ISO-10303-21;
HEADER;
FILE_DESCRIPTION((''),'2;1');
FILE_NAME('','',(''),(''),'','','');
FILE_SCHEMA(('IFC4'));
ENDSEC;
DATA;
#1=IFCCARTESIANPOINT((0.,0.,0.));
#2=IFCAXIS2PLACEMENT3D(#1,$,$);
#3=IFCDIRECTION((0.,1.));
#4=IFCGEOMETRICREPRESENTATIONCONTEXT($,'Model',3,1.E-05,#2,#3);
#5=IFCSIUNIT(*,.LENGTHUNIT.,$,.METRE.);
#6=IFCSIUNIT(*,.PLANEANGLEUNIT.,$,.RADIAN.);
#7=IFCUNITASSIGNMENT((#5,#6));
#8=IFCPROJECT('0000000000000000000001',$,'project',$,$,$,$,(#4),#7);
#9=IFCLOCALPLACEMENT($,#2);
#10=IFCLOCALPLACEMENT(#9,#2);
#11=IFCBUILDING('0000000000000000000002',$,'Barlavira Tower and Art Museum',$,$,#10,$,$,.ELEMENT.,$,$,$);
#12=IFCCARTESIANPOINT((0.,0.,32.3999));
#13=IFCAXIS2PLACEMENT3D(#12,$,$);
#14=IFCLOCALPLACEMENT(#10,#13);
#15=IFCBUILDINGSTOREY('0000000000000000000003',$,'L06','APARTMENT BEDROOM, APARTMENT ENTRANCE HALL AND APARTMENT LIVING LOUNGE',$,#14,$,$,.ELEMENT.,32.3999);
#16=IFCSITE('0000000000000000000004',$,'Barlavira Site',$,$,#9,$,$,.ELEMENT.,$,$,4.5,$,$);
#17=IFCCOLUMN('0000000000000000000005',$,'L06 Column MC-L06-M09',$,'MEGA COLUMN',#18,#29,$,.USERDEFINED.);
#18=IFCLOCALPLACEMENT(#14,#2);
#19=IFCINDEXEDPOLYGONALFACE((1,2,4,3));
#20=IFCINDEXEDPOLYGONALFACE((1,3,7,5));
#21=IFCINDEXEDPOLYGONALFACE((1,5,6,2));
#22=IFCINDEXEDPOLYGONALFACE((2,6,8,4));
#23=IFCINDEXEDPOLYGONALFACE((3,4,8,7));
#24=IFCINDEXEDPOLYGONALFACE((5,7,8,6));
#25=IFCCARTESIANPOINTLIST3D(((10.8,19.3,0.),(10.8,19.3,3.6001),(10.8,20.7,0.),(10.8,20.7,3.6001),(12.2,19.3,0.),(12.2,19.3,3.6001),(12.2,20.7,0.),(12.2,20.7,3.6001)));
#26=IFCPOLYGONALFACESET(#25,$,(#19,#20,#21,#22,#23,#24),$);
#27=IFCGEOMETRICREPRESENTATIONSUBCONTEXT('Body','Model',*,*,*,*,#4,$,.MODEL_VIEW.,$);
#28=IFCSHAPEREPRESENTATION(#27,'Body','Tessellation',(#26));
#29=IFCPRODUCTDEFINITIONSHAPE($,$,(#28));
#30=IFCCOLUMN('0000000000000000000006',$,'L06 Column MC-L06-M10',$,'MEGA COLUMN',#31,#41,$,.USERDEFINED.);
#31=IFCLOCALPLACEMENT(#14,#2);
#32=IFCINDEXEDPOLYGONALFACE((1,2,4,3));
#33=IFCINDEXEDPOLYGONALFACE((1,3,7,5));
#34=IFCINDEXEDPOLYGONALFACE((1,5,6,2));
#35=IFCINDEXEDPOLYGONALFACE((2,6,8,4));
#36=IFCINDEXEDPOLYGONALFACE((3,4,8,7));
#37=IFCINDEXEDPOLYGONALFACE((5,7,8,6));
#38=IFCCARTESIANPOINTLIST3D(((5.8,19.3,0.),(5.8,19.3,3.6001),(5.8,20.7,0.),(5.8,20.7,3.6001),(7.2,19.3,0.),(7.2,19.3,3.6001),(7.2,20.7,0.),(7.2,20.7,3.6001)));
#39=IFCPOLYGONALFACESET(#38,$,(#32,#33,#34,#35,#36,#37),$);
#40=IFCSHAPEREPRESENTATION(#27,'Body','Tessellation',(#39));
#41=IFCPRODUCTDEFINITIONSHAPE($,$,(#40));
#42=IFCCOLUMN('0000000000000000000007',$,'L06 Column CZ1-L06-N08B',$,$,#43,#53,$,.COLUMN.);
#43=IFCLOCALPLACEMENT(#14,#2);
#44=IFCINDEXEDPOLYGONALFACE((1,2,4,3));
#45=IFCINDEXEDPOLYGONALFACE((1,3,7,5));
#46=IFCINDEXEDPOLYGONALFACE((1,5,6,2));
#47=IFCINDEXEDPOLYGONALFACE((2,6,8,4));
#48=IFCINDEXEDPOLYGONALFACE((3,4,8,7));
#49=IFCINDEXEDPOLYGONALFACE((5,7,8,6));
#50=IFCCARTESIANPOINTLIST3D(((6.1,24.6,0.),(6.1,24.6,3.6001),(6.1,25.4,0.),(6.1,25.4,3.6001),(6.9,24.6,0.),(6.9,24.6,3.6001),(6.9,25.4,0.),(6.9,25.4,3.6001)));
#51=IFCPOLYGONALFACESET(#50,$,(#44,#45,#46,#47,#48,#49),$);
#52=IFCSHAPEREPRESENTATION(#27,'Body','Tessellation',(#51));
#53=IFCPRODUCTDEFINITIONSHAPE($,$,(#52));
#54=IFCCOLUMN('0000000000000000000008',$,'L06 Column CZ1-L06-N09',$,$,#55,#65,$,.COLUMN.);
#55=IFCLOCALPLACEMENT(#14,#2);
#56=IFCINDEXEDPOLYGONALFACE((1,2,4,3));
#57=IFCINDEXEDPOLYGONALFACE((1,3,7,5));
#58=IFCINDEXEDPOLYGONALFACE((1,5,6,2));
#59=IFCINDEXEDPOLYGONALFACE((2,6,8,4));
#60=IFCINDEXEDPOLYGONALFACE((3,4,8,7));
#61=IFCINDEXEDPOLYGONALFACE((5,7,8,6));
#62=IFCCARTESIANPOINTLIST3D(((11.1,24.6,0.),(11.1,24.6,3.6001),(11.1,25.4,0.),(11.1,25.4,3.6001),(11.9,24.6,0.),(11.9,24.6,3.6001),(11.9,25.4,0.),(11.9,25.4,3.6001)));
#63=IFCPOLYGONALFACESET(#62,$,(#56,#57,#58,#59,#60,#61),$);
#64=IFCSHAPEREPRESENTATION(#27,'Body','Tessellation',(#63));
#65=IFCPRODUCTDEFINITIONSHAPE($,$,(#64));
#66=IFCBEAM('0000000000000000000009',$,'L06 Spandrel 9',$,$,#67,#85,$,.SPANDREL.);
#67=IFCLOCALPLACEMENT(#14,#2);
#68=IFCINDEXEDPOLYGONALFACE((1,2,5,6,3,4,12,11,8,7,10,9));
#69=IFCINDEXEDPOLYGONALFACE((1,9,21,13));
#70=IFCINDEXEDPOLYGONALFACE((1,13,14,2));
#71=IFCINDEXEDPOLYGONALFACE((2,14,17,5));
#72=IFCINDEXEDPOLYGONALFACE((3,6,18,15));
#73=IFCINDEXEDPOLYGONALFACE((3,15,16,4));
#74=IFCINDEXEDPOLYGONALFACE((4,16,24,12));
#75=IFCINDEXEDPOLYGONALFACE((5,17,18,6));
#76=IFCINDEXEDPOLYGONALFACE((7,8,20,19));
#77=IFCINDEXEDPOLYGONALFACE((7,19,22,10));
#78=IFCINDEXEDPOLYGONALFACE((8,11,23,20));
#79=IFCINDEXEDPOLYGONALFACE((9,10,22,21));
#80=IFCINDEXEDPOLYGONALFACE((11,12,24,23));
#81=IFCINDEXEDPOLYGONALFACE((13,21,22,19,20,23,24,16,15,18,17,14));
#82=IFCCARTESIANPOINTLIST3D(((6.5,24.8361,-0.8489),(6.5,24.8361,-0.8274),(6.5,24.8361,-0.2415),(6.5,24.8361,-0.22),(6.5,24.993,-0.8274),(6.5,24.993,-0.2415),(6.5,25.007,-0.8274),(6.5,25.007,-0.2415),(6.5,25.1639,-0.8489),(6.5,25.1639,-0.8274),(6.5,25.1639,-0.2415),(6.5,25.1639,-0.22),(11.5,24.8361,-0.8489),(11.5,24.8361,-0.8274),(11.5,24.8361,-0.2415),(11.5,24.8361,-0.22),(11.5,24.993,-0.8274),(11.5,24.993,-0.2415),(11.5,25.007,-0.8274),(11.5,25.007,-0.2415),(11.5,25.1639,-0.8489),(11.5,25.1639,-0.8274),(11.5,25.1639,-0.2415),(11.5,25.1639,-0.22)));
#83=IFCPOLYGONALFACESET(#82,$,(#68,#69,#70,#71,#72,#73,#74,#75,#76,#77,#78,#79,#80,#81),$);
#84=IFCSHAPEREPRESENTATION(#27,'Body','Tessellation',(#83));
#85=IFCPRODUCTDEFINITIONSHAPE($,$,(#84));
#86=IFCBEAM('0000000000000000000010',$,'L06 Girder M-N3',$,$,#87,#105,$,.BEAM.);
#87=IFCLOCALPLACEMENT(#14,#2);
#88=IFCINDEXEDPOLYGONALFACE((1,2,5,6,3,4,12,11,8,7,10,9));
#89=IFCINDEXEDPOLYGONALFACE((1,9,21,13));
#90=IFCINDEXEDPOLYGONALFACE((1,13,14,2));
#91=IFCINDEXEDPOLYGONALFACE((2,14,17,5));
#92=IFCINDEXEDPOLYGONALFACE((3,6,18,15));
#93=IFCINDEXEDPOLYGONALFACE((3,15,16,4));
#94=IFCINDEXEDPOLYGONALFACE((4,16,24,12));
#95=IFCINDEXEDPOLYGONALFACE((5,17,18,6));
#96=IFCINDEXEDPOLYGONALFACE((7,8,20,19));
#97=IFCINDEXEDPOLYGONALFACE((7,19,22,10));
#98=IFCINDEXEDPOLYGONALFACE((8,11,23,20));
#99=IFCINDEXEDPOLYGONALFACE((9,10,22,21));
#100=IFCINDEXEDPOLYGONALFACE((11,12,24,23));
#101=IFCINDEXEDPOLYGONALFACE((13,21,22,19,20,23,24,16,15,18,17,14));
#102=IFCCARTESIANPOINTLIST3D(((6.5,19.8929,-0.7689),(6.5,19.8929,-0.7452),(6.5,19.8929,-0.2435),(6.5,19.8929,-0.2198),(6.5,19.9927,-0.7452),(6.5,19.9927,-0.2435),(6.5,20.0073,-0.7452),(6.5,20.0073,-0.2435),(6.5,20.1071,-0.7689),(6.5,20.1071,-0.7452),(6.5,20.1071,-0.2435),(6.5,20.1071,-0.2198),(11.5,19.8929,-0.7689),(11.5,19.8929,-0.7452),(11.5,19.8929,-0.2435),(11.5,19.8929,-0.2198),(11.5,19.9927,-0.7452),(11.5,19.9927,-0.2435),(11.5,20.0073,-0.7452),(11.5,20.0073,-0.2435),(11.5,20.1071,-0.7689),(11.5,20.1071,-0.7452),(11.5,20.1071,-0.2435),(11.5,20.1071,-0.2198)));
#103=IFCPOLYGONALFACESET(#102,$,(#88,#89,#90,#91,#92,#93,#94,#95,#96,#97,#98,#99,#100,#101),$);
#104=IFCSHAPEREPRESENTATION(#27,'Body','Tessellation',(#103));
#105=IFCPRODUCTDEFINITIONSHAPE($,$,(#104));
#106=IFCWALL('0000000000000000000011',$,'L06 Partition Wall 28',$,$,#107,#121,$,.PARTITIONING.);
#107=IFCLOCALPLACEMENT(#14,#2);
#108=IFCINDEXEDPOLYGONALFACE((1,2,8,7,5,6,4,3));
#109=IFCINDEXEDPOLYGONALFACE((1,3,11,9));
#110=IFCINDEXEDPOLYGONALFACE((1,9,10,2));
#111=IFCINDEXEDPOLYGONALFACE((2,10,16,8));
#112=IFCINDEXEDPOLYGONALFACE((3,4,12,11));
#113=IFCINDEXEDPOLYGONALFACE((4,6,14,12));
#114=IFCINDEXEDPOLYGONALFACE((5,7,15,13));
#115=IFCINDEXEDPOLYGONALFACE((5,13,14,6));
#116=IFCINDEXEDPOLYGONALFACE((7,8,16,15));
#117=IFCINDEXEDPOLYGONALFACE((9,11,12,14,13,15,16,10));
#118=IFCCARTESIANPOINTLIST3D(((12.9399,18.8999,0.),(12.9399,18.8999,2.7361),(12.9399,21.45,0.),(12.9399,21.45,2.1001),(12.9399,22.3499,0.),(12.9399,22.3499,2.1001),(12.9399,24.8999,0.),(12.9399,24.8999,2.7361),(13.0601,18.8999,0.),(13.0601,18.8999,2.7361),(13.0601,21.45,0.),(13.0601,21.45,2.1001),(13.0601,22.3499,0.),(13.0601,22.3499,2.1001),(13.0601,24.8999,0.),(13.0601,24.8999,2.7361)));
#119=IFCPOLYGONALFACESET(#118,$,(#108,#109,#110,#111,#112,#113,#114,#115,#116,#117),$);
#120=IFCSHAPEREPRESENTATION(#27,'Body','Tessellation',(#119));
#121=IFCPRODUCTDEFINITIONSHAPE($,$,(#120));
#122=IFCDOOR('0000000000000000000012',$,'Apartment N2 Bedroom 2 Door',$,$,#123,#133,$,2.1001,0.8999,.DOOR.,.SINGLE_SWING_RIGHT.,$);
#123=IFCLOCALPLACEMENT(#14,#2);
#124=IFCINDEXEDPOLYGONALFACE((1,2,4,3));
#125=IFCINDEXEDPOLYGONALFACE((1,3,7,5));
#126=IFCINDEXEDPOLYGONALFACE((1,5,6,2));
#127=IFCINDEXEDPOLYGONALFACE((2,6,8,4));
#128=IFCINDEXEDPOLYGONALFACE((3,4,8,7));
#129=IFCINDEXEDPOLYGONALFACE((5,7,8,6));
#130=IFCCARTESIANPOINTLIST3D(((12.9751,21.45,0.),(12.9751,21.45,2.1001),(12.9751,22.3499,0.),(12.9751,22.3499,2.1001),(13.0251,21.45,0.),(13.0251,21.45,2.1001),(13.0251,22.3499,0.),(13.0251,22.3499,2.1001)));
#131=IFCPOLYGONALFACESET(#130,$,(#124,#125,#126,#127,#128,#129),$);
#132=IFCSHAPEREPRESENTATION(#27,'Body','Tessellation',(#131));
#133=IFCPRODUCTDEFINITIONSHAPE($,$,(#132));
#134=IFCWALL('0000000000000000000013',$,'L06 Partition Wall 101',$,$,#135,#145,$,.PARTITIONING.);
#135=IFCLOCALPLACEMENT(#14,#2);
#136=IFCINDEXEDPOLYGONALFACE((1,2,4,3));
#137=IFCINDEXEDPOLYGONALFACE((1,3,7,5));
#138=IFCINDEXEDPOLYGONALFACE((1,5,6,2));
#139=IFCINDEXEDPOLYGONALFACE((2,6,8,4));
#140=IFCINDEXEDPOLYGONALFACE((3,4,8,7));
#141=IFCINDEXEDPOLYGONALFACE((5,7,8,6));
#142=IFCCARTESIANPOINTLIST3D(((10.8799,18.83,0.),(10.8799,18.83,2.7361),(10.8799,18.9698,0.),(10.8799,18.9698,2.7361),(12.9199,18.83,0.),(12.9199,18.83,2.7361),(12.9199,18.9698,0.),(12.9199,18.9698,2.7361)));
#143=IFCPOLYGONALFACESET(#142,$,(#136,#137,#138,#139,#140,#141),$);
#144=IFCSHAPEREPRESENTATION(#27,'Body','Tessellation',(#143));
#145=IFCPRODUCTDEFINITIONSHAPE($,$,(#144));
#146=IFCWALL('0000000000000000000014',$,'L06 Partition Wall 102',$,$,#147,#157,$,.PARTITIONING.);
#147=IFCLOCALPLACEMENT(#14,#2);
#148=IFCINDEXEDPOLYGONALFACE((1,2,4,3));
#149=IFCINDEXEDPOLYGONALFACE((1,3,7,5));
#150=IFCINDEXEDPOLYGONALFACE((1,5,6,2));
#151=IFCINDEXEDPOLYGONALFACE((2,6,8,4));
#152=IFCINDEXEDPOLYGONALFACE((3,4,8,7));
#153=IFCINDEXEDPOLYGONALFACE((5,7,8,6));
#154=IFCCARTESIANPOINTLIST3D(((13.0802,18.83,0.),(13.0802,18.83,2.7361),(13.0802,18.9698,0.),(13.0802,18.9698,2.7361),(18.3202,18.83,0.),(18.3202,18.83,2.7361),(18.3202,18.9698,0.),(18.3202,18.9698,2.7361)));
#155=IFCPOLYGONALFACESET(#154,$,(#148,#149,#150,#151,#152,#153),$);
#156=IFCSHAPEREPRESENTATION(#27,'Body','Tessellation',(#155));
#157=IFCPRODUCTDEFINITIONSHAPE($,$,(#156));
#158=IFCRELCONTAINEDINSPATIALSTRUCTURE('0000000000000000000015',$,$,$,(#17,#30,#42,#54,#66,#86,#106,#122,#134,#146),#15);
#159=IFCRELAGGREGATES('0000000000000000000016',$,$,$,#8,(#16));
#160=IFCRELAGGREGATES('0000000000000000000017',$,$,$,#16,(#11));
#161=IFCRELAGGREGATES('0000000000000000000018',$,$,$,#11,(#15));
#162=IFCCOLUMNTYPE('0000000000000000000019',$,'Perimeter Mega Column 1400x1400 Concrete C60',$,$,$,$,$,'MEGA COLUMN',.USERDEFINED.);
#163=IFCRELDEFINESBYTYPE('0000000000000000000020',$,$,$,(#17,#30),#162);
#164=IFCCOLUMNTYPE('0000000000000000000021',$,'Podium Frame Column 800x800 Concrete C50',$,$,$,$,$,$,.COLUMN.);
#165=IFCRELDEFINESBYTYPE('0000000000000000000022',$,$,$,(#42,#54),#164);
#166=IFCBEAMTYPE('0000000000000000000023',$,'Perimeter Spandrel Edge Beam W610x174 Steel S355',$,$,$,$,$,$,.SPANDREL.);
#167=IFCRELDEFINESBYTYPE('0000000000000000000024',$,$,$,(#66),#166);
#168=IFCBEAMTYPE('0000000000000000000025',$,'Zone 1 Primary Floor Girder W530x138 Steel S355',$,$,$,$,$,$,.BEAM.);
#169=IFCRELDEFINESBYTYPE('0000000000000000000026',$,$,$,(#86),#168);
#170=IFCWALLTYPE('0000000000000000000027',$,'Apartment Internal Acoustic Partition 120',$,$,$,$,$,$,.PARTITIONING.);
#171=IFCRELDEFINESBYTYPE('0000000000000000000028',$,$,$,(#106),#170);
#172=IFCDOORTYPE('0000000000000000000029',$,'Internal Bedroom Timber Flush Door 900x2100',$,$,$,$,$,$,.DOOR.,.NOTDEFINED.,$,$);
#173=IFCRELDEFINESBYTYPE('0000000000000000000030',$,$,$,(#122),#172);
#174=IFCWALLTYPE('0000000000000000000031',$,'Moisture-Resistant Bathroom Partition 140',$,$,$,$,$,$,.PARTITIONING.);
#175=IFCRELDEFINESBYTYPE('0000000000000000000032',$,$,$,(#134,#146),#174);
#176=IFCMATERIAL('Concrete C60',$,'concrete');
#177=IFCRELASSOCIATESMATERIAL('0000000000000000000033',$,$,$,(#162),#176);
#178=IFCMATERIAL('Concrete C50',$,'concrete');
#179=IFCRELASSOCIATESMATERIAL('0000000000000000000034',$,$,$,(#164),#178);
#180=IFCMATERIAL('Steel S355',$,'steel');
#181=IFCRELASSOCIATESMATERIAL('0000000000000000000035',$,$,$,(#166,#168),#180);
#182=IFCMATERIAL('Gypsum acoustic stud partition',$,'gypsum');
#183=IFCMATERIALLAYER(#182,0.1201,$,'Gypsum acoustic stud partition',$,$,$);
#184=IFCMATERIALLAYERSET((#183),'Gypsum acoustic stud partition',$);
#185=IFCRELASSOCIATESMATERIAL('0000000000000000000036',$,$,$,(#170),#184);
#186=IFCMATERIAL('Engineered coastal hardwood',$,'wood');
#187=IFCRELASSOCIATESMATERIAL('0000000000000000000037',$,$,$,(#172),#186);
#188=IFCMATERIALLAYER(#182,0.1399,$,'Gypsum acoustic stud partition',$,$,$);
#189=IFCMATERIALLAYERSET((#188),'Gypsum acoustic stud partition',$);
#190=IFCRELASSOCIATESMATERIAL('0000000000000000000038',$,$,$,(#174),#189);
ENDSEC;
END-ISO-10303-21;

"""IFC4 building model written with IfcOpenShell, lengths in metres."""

from ifc_helpers import new_model, si_unit, direction, frame, frame_2d, origin, origin_2d, place, context, subcontext, project, spatial, rectangle, i_section, extrude, material, layer, layer_set, material_profile, profile_set, type_object, element, fill, save


model = new_model("IFC4")

# Units and contexts
model_context = context("Model", 3, precision=1e-05, world=origin(), true_north=direction((0.0, 1.0)))
body_context = subcontext(model_context, "Body", "Model", "MODEL_VIEW")
ifc_project = project(units=[si_unit("LENGTHUNIT", "METRE"), si_unit("PLANEANGLEUNIT", "RADIAN")], contexts=[model_context])

# Site, building, storey
site_placement = place(None, origin())
site = spatial("IfcSite", under=ifc_project, at=site_placement, Name="Barlavira Site", CompositionType="ELEMENT", RefElevation=4.5)
building_placement = place(site_placement, origin())
building = spatial("IfcBuilding", under=site, at=building_placement, Name="Barlavira Tower and Art Museum", CompositionType="ELEMENT")
storey_placement = place(building_placement, frame((0.0, 0.0, 32.3999)))
storey = spatial("IfcBuildingStorey", under=building, at=storey_placement, Name="L06", Description="APARTMENT BEDROOM, APARTMENT ENTRANCE HALL AND APARTMENT LIVING LOUNGE", CompositionType="ELEMENT", Elevation=32.3999)

# Columns
ifc_material_1 = material(Name="Concrete C60", Category="concrete")
ifc_material_profile_1 = material_profile(ifc_material_1, rectangle(XDim=1.3999, YDim=1.3999, at=origin_2d()), Name="RC-MCOL 1400x1400")
ifc_profile_set_1 = profile_set([ifc_material_profile_1], Name="Concrete C60")
column_type_1 = type_object("IfcColumnType", Name="Perimeter Mega Column 1400x1400 Concrete C60", ElementType="MEGA COLUMN", PredefinedType="USERDEFINED", material=ifc_profile_set_1)
for number, where, z_axis, x_axis, name in (
    (1, (11.5, 20.0, 0.0), (0.0, 0.0, 1.0), (1.0, 0.0, 0.0), "L06 Column MC-L06-M09"),
    (2, (6.5, 20.0, 0.0), (0.0, 0.0, 1.0), (1.0, 0.0, 0.0), "L06 Column MC-L06-M10"),
):
    element("IfcColumn", number, at=place(storey_placement, frame(where, z_axis=z_axis, x_axis=x_axis)), inside=storey, type_object=column_type_1, Name=name, ObjectType="MEGA COLUMN", PredefinedType="USERDEFINED", context=body_context, shape_type="SweptSolid", body=[
        extrude(rectangle(XDim=1.3999, YDim=1.3999, at=origin_2d()), origin(), (0.0, 0.0, 1.0), 3.6001),
    ])
ifc_material_2 = material(Name="Concrete C50", Category="concrete")
ifc_material_profile_2 = material_profile(ifc_material_2, rectangle(XDim=0.8, YDim=0.8, at=origin_2d()), Name="RC-COL 800x800")
ifc_profile_set_2 = profile_set([ifc_material_profile_2], Name="Concrete C50")
column_type_2 = type_object("IfcColumnType", Name="Podium Frame Column 800x800 Concrete C50", PredefinedType="COLUMN", material=ifc_profile_set_2)
for number, where, z_axis, x_axis, name in (
    (3, (6.5, 25.0, 0.0), (0.0, 0.0, 1.0), (1.0, 0.0, 0.0), "L06 Column CZ1-L06-N08B"),
    (4, (11.5, 25.0, 0.0), (0.0, 0.0, 1.0), (1.0, 0.0, 0.0), "L06 Column CZ1-L06-N09"),
):
    element("IfcColumn", number, at=place(storey_placement, frame(where, z_axis=z_axis, x_axis=x_axis)), inside=storey, type_object=column_type_2, Name=name, PredefinedType="COLUMN", context=body_context, shape_type="SweptSolid", body=[
        extrude(rectangle(XDim=0.8, YDim=0.8, at=origin_2d()), origin(), (0.0, 0.0, 1.0), 3.6001),
    ])

# Beams
ifc_material_3 = material(Name="Steel S355", Category="steel")
ifc_material_profile_3 = material_profile(ifc_material_3, i_section(OverallWidth=0.3279, OverallDepth=0.6289, WebThickness=0.0139, FlangeThickness=0.0215, at=origin_2d()), Name="W610x174.0")
ifc_profile_set_3 = profile_set([ifc_material_profile_3], Name="Steel S355")
beam_type_1 = type_object("IfcBeamType", Name="Perimeter Spandrel Edge Beam W610x174 Steel S355", PredefinedType="SPANDREL", material=ifc_profile_set_3)
beam_1_placement = place(storey_placement, frame((6.5, 25.0, -0.5344), z_axis=(1.0, 0.0, 0.0), x_axis=(0.0, 1.0, 0.0)))
element("IfcBeam", 5, at=beam_1_placement, inside=storey, type_object=beam_type_1, Name="L06 Spandrel 9", PredefinedType="SPANDREL", context=body_context, shape_type="SweptSolid", body=[
    extrude(i_section(OverallWidth=0.3279, OverallDepth=0.6289, WebThickness=0.0139, FlangeThickness=0.0215, at=origin_2d()), origin(), (0.0, 0.0, 1.0), 5.0),
])
ifc_material_profile_4 = material_profile(ifc_material_3, i_section(OverallWidth=0.2141, OverallDepth=0.5491, WebThickness=0.0146, FlangeThickness=0.0237, at=origin_2d()), Name="W530x138.0")
ifc_profile_set_4 = profile_set([ifc_material_profile_4], Name="Steel S355")
beam_type_2 = type_object("IfcBeamType", Name="Zone 1 Primary Floor Girder W530x138 Steel S355", PredefinedType="BEAM", material=ifc_profile_set_4)
beam_2_placement = place(storey_placement, frame((6.5, 20.0, -0.4944), z_axis=(1.0, 0.0, 0.0), x_axis=(0.0, 1.0, 0.0)))
element("IfcBeam", 6, at=beam_2_placement, inside=storey, type_object=beam_type_2, Name="L06 Girder M-N3", PredefinedType="BEAM", context=body_context, shape_type="SweptSolid", body=[
    extrude(i_section(OverallWidth=0.2141, OverallDepth=0.5491, WebThickness=0.0146, FlangeThickness=0.0237, at=origin_2d()), origin(), (0.0, 0.0, 1.0), 5.0),
])

# Wall, opening, door
ifc_material_4 = material(Name="Gypsum acoustic stud partition", Category="gypsum")
ifc_layer_1 = layer(ifc_material_4, 0.1201, Name="Gypsum acoustic stud partition")
ifc_layer_set_1 = layer_set([ifc_layer_1], Name="Gypsum acoustic stud partition")
wall_type_1 = type_object("IfcWallType", Name="Apartment Internal Acoustic Partition 120", PredefinedType="PARTITIONING", material=ifc_layer_set_1)
wall_1_placement = place(storey_placement, frame((13.0, 18.8999, 0.0), z_axis=(0.0, 0.0, 1.0), x_axis=(0.0, 1.0, 0.0)))
wall_1 = element("IfcWall", 7, at=wall_1_placement, inside=storey, type_object=wall_type_1, Name="L06 Partition Wall 28", PredefinedType="PARTITIONING", context=body_context, shape_type="SweptSolid", body=[
    extrude(rectangle(XDim=6.0, YDim=0.1201, at=frame_2d((3.0, 0.0))), origin(), (0.0, 0.0, 1.0), 2.7361),
])
opening_1_placement = place(wall_1_placement, frame((2.55, 0.0, 0.0)))
opening_1 = element("IfcOpeningElement", 8, at=opening_1_placement, cuts=wall_1, PredefinedType="OPENING", context=body_context, shape_type="SweptSolid", body=[
    extrude(rectangle(XDim=0.8999, YDim=2.1001, at=frame_2d((0.45, 1.05))), frame((0.0, 0.0701, 0.0), z_axis=(0.0, -1.0, 0.0), x_axis=(1.0, 0.0, 0.0)), (0.0, 0.0, 1.0), 0.1401),
])
ifc_material_5 = material(Name="Engineered coastal hardwood", Category="wood")
door_type = type_object("IfcDoorType", Name="Internal Bedroom Timber Flush Door 900x2100", OperationType="NOTDEFINED", PredefinedType="DOOR", material=ifc_material_5)
door_placement = place(opening_1_placement, origin())
door = element("IfcDoor", 9, at=door_placement, inside=storey, type_object=door_type, Name="Apartment N2 Bedroom 2 Door", OperationType="SINGLE_SWING_RIGHT", OverallHeight=2.1001, OverallWidth=0.8999, PredefinedType="DOOR", context=body_context, shape_type="SweptSolid", body=[
    extrude(rectangle(XDim=0.8999, YDim=2.1001, at=frame_2d((0.45, 1.05))), frame((0.0, 0.0249, 0.0), z_axis=(0.0, -1.0, 0.0), x_axis=(1.0, 0.0, 0.0)), (0.0, 0.0, 1.0), 0.05),
])
fill(opening_1, door)

# Walls
ifc_layer_2 = layer(ifc_material_4, 0.1399, Name="Gypsum acoustic stud partition")
ifc_layer_set_2 = layer_set([ifc_layer_2], Name="Gypsum acoustic stud partition")
wall_type_2 = type_object("IfcWallType", Name="Moisture-Resistant Bathroom Partition 140", PredefinedType="PARTITIONING", material=ifc_layer_set_2)
wall_2_placement = place(storey_placement, frame((10.8799, 18.8999, 0.0), z_axis=(0.0, 0.0, 1.0), x_axis=(1.0, 0.0, 0.0)))
element("IfcWall", 10, at=wall_2_placement, inside=storey, type_object=wall_type_2, Name="L06 Partition Wall 101", PredefinedType="PARTITIONING", context=body_context, shape_type="SweptSolid", body=[
    extrude(rectangle(XDim=2.04, YDim=0.1399, at=frame_2d((1.02, 0.0))), origin(), (0.0, 0.0, 1.0), 2.7361),
])
wall_3_placement = place(storey_placement, frame((13.0801, 18.8999, 0.0), z_axis=(0.0, 0.0, 1.0), x_axis=(1.0, 0.0, 0.0)))
element("IfcWall", 11, at=wall_3_placement, inside=storey, type_object=wall_type_2, Name="L06 Partition Wall 102", PredefinedType="PARTITIONING", context=body_context, shape_type="SweptSolid", body=[
    extrude(rectangle(XDim=5.24, YDim=0.1399, at=frame_2d((2.6201, 0.0))), origin(), (0.0, 0.0, 1.0), 2.7361),
])

save(model, "model.ifc")
